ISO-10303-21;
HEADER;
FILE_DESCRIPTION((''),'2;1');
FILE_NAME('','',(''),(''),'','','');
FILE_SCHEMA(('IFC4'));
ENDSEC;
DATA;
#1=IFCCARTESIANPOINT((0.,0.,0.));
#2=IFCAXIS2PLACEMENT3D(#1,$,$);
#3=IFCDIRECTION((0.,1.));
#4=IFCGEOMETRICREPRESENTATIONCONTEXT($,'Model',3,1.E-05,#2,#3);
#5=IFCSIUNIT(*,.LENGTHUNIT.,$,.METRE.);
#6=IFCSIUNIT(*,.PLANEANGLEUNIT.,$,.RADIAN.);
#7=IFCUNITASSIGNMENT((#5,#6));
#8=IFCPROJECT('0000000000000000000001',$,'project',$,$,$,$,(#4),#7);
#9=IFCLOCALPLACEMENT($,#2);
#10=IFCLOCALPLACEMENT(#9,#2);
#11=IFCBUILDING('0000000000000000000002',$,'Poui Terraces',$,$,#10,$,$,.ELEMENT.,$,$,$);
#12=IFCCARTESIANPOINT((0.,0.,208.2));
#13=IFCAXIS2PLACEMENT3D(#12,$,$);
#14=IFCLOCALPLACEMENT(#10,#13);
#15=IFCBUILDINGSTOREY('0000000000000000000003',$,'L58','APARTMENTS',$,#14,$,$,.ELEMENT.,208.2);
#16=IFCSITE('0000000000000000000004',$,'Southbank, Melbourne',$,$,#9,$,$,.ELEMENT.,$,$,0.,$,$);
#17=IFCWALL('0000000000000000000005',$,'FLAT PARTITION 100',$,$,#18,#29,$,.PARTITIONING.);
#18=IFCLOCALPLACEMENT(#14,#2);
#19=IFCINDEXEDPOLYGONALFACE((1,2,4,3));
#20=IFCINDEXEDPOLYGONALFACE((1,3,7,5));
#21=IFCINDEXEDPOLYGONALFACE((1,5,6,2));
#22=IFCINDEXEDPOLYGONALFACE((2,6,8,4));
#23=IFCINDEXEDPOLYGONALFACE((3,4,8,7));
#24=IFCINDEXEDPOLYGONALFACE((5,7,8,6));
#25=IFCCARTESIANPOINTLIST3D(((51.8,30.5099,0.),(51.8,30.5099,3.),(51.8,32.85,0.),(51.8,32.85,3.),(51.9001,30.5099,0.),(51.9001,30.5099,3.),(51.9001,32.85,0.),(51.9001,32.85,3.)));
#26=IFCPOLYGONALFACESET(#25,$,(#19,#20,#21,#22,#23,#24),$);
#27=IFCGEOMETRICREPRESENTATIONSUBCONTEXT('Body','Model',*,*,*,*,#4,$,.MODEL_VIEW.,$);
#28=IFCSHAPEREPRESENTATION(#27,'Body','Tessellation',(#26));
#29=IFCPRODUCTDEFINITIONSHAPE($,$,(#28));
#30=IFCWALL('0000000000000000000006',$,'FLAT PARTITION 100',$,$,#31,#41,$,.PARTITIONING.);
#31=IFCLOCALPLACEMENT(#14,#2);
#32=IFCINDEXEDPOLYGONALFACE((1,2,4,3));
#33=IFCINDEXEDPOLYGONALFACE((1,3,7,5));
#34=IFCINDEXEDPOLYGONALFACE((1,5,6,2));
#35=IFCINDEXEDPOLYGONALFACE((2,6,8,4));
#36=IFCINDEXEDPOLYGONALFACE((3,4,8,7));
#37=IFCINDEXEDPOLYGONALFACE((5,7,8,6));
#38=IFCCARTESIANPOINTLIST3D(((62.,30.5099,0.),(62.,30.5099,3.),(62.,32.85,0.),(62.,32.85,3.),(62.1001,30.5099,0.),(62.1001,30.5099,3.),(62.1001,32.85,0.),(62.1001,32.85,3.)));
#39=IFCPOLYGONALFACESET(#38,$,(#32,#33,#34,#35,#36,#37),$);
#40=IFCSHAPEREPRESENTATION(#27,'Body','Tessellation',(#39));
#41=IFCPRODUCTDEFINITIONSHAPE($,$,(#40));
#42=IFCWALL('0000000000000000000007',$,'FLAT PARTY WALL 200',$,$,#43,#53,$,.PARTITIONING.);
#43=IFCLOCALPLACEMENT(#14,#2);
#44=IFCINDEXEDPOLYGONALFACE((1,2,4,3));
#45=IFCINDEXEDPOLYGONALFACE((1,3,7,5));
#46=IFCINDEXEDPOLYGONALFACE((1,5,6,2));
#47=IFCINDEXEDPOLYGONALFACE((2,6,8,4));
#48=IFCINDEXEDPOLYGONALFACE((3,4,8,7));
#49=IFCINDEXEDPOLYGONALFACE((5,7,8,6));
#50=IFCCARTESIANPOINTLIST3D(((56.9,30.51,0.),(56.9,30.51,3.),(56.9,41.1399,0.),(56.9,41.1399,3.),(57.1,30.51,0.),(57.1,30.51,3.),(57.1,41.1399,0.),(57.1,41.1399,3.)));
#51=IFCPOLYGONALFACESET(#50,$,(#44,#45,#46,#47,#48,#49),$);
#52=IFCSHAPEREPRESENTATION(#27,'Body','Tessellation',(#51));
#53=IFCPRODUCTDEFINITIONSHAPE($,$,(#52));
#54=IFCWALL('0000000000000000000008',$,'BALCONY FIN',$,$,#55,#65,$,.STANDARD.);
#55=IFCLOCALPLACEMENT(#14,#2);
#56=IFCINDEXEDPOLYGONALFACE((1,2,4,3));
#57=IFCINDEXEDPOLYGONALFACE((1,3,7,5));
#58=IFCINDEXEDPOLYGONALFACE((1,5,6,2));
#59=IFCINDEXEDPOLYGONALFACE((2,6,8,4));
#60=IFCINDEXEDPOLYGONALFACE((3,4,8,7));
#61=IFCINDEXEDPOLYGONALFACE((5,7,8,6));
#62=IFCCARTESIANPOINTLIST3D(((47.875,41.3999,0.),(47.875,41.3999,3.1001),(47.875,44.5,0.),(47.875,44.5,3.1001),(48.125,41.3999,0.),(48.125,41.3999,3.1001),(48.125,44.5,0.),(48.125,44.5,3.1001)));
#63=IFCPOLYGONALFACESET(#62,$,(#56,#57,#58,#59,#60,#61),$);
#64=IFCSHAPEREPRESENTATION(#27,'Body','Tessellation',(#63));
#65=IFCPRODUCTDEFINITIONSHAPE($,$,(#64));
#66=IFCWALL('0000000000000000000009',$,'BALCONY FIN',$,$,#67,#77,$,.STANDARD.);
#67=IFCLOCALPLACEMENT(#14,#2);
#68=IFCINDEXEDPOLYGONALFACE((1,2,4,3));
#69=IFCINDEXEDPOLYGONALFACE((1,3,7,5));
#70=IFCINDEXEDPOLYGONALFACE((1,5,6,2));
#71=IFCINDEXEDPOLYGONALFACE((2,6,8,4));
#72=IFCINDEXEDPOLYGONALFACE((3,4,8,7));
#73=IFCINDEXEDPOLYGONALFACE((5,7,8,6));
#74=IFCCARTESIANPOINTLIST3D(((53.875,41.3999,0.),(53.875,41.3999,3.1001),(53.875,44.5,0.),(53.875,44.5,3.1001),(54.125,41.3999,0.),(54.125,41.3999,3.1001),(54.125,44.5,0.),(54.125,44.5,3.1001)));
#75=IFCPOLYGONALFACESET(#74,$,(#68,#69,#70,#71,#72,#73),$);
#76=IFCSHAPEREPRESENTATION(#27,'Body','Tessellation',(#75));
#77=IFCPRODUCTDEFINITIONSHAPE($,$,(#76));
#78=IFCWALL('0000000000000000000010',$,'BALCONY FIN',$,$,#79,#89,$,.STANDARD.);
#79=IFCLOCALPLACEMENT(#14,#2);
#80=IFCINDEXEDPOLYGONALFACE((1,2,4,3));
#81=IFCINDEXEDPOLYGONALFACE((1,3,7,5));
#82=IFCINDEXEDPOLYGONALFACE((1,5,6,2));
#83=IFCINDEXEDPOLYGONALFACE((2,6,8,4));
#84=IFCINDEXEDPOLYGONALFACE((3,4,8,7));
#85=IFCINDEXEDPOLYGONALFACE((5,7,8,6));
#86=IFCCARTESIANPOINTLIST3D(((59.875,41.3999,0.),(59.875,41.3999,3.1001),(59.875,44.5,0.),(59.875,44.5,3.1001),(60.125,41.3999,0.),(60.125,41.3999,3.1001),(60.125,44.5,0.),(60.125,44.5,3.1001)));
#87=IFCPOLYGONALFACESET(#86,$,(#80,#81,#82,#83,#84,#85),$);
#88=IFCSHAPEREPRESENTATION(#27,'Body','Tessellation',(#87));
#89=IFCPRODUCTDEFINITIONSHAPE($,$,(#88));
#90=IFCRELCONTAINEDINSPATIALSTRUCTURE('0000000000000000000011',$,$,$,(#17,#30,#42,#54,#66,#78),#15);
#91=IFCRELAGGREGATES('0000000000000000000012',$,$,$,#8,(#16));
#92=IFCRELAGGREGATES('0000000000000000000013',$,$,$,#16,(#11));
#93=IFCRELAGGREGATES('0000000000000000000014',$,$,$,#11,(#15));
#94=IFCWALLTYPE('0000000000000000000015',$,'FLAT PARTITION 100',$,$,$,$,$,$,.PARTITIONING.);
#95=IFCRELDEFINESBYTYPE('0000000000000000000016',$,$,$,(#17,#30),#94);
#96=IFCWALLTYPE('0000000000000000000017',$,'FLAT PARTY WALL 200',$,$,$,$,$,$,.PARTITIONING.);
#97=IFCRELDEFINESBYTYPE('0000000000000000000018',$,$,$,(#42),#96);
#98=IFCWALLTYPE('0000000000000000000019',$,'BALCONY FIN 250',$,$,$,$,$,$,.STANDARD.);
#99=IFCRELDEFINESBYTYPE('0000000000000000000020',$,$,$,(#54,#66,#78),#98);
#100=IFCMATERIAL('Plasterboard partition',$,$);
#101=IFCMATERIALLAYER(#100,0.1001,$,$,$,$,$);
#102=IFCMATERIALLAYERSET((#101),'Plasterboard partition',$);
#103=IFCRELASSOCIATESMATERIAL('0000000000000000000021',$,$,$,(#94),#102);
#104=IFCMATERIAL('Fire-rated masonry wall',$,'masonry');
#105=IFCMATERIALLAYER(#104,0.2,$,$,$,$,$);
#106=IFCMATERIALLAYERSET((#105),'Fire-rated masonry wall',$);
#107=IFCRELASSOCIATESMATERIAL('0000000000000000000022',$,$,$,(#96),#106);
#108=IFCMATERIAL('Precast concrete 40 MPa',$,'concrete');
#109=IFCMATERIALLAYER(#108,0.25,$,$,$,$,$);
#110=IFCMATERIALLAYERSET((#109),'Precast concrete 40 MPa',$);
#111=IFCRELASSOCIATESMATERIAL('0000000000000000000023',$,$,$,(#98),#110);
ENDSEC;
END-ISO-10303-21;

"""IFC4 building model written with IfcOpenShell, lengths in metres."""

from ifc_helpers import new_model, si_unit, direction, frame, frame_2d, origin, place, context, subcontext, project, spatial, polyline, rectangle, outline, extrude, source, transform, mapped, material, layer, layer_set, type_object, element, save


model = new_model("IFC4")

# Units and contexts
model_context = context("Model", 3, precision=1e-05, world=origin(), true_north=direction((0.0, 1.0)))
body_context = subcontext(model_context, "Body", "Model", "MODEL_VIEW")
ifc_project = project(units=[si_unit("LENGTHUNIT", "METRE"), si_unit("PLANEANGLEUNIT", "RADIAN")], contexts=[model_context])

# Site, building, storey
site_placement = place(None, origin())
site = spatial("IfcSite", under=ifc_project, at=site_placement, Name="Southbank, Melbourne", CompositionType="ELEMENT", RefElevation=0.0)
building_placement = place(site_placement, origin())
building = spatial("IfcBuilding", under=site, at=building_placement, Name="Poui Terraces", CompositionType="ELEMENT")
storey_placement = place(building_placement, frame((0.0, 0.0, 208.2)))
storey = spatial("IfcBuildingStorey", under=building, at=storey_placement, Name="L58", Description="APARTMENTS", CompositionType="ELEMENT", Elevation=208.2)

# Shared definitions
ifc_material_1 = material(Name="Plasterboard partition")
ifc_layer_1 = layer(ifc_material_1, 0.1001)
ifc_layer_set_1 = layer_set([ifc_layer_1], Name="Plasterboard partition")
wall_type_1 = type_object("IfcWallType", Name="FLAT PARTITION 100", PredefinedType="PARTITIONING", material=ifc_layer_set_1)

# Walls
for number, where, z_axis, x_axis, name in (
    (1, (51.8501, 30.51, 0.0), (0.0, 0.0, 1.0), (0.0, 1.0, 0.0), "FLAT PARTITION 100"),
    (2, (62.05, 30.51, 0.0), (0.0, 0.0, 1.0), (0.0, 1.0, 0.0), "FLAT PARTITION 100"),
):
    element("IfcWall", number, at=place(storey_placement, frame(where, z_axis=z_axis, x_axis=x_axis)), inside=storey, type_object=wall_type_1, Name=name, PredefinedType="PARTITIONING", context=body_context, shape_type="SweptSolid", body=[
        extrude(rectangle(XDim=2.3401, YDim=0.1001, at=frame_2d((1.1699, 0.0))), origin(), (0.0, 0.0, 1.0), 3.0),
    ])
ifc_material_2 = material(Name="Fire-rated masonry wall", Category="masonry")
ifc_layer_2 = layer(ifc_material_2, 0.2)
ifc_layer_set_2 = layer_set([ifc_layer_2], Name="Fire-rated masonry wall")
wall_type_2 = type_object("IfcWallType", Name="FLAT PARTY WALL 200", PredefinedType="PARTITIONING", material=ifc_layer_set_2)
wall_1_placement = place(storey_placement, frame((57.0, 30.51, 0.0), z_axis=(0.0, 0.0, 1.0), x_axis=(0.0, 1.0, 0.0)))
element("IfcWall", 3, at=wall_1_placement, inside=storey, type_object=wall_type_2, Name="FLAT PARTY WALL 200", PredefinedType="PARTITIONING", context=body_context, shape_type="SweptSolid", body=[
    extrude(rectangle(XDim=10.6299, YDim=0.2, at=frame_2d((5.3149, 0.0))), origin(), (0.0, 0.0, 1.0), 3.0),
])
ifc_material_3 = material(Name="Precast concrete 40 MPa", Category="concrete")
ifc_layer_3 = layer(ifc_material_3, 0.25)
ifc_layer_set_3 = layer_set([ifc_layer_3], Name="Precast concrete 40 MPa")
wall_type_3 = type_object("IfcWallType", Name="BALCONY FIN 250", PredefinedType="STANDARD", material=ifc_layer_set_3)
shared_shape_1 = source(origin(), body_context, "Body", "SweptSolid", [
    extrude(outline(polyline([(0.0, 0.0), (0.25, 0.0), (0.25, 3.1001), (0.0, 3.1001), (0.0, 0.0)])), origin(), (0.0, 0.0, 1.0), 3.1001),
])
for number, where, name in (
    (4, (47.875, 41.3999, 0.0), "BALCONY FIN"),
    (5, (53.875, 41.3999, 0.0), "BALCONY FIN"),
    (6, (59.875, 41.3999, 0.0), "BALCONY FIN"),
):
    element("IfcWall", number, at=place(storey_placement, frame(where)), inside=storey, type_object=wall_type_3, Name=name, PredefinedType="STANDARD", context=body_context, shape_type="MappedRepresentation", body=[
        mapped(shared_shape_1, transform((0.0, 0.0, 0.0))),
    ])

save(model, "model.ifc")
